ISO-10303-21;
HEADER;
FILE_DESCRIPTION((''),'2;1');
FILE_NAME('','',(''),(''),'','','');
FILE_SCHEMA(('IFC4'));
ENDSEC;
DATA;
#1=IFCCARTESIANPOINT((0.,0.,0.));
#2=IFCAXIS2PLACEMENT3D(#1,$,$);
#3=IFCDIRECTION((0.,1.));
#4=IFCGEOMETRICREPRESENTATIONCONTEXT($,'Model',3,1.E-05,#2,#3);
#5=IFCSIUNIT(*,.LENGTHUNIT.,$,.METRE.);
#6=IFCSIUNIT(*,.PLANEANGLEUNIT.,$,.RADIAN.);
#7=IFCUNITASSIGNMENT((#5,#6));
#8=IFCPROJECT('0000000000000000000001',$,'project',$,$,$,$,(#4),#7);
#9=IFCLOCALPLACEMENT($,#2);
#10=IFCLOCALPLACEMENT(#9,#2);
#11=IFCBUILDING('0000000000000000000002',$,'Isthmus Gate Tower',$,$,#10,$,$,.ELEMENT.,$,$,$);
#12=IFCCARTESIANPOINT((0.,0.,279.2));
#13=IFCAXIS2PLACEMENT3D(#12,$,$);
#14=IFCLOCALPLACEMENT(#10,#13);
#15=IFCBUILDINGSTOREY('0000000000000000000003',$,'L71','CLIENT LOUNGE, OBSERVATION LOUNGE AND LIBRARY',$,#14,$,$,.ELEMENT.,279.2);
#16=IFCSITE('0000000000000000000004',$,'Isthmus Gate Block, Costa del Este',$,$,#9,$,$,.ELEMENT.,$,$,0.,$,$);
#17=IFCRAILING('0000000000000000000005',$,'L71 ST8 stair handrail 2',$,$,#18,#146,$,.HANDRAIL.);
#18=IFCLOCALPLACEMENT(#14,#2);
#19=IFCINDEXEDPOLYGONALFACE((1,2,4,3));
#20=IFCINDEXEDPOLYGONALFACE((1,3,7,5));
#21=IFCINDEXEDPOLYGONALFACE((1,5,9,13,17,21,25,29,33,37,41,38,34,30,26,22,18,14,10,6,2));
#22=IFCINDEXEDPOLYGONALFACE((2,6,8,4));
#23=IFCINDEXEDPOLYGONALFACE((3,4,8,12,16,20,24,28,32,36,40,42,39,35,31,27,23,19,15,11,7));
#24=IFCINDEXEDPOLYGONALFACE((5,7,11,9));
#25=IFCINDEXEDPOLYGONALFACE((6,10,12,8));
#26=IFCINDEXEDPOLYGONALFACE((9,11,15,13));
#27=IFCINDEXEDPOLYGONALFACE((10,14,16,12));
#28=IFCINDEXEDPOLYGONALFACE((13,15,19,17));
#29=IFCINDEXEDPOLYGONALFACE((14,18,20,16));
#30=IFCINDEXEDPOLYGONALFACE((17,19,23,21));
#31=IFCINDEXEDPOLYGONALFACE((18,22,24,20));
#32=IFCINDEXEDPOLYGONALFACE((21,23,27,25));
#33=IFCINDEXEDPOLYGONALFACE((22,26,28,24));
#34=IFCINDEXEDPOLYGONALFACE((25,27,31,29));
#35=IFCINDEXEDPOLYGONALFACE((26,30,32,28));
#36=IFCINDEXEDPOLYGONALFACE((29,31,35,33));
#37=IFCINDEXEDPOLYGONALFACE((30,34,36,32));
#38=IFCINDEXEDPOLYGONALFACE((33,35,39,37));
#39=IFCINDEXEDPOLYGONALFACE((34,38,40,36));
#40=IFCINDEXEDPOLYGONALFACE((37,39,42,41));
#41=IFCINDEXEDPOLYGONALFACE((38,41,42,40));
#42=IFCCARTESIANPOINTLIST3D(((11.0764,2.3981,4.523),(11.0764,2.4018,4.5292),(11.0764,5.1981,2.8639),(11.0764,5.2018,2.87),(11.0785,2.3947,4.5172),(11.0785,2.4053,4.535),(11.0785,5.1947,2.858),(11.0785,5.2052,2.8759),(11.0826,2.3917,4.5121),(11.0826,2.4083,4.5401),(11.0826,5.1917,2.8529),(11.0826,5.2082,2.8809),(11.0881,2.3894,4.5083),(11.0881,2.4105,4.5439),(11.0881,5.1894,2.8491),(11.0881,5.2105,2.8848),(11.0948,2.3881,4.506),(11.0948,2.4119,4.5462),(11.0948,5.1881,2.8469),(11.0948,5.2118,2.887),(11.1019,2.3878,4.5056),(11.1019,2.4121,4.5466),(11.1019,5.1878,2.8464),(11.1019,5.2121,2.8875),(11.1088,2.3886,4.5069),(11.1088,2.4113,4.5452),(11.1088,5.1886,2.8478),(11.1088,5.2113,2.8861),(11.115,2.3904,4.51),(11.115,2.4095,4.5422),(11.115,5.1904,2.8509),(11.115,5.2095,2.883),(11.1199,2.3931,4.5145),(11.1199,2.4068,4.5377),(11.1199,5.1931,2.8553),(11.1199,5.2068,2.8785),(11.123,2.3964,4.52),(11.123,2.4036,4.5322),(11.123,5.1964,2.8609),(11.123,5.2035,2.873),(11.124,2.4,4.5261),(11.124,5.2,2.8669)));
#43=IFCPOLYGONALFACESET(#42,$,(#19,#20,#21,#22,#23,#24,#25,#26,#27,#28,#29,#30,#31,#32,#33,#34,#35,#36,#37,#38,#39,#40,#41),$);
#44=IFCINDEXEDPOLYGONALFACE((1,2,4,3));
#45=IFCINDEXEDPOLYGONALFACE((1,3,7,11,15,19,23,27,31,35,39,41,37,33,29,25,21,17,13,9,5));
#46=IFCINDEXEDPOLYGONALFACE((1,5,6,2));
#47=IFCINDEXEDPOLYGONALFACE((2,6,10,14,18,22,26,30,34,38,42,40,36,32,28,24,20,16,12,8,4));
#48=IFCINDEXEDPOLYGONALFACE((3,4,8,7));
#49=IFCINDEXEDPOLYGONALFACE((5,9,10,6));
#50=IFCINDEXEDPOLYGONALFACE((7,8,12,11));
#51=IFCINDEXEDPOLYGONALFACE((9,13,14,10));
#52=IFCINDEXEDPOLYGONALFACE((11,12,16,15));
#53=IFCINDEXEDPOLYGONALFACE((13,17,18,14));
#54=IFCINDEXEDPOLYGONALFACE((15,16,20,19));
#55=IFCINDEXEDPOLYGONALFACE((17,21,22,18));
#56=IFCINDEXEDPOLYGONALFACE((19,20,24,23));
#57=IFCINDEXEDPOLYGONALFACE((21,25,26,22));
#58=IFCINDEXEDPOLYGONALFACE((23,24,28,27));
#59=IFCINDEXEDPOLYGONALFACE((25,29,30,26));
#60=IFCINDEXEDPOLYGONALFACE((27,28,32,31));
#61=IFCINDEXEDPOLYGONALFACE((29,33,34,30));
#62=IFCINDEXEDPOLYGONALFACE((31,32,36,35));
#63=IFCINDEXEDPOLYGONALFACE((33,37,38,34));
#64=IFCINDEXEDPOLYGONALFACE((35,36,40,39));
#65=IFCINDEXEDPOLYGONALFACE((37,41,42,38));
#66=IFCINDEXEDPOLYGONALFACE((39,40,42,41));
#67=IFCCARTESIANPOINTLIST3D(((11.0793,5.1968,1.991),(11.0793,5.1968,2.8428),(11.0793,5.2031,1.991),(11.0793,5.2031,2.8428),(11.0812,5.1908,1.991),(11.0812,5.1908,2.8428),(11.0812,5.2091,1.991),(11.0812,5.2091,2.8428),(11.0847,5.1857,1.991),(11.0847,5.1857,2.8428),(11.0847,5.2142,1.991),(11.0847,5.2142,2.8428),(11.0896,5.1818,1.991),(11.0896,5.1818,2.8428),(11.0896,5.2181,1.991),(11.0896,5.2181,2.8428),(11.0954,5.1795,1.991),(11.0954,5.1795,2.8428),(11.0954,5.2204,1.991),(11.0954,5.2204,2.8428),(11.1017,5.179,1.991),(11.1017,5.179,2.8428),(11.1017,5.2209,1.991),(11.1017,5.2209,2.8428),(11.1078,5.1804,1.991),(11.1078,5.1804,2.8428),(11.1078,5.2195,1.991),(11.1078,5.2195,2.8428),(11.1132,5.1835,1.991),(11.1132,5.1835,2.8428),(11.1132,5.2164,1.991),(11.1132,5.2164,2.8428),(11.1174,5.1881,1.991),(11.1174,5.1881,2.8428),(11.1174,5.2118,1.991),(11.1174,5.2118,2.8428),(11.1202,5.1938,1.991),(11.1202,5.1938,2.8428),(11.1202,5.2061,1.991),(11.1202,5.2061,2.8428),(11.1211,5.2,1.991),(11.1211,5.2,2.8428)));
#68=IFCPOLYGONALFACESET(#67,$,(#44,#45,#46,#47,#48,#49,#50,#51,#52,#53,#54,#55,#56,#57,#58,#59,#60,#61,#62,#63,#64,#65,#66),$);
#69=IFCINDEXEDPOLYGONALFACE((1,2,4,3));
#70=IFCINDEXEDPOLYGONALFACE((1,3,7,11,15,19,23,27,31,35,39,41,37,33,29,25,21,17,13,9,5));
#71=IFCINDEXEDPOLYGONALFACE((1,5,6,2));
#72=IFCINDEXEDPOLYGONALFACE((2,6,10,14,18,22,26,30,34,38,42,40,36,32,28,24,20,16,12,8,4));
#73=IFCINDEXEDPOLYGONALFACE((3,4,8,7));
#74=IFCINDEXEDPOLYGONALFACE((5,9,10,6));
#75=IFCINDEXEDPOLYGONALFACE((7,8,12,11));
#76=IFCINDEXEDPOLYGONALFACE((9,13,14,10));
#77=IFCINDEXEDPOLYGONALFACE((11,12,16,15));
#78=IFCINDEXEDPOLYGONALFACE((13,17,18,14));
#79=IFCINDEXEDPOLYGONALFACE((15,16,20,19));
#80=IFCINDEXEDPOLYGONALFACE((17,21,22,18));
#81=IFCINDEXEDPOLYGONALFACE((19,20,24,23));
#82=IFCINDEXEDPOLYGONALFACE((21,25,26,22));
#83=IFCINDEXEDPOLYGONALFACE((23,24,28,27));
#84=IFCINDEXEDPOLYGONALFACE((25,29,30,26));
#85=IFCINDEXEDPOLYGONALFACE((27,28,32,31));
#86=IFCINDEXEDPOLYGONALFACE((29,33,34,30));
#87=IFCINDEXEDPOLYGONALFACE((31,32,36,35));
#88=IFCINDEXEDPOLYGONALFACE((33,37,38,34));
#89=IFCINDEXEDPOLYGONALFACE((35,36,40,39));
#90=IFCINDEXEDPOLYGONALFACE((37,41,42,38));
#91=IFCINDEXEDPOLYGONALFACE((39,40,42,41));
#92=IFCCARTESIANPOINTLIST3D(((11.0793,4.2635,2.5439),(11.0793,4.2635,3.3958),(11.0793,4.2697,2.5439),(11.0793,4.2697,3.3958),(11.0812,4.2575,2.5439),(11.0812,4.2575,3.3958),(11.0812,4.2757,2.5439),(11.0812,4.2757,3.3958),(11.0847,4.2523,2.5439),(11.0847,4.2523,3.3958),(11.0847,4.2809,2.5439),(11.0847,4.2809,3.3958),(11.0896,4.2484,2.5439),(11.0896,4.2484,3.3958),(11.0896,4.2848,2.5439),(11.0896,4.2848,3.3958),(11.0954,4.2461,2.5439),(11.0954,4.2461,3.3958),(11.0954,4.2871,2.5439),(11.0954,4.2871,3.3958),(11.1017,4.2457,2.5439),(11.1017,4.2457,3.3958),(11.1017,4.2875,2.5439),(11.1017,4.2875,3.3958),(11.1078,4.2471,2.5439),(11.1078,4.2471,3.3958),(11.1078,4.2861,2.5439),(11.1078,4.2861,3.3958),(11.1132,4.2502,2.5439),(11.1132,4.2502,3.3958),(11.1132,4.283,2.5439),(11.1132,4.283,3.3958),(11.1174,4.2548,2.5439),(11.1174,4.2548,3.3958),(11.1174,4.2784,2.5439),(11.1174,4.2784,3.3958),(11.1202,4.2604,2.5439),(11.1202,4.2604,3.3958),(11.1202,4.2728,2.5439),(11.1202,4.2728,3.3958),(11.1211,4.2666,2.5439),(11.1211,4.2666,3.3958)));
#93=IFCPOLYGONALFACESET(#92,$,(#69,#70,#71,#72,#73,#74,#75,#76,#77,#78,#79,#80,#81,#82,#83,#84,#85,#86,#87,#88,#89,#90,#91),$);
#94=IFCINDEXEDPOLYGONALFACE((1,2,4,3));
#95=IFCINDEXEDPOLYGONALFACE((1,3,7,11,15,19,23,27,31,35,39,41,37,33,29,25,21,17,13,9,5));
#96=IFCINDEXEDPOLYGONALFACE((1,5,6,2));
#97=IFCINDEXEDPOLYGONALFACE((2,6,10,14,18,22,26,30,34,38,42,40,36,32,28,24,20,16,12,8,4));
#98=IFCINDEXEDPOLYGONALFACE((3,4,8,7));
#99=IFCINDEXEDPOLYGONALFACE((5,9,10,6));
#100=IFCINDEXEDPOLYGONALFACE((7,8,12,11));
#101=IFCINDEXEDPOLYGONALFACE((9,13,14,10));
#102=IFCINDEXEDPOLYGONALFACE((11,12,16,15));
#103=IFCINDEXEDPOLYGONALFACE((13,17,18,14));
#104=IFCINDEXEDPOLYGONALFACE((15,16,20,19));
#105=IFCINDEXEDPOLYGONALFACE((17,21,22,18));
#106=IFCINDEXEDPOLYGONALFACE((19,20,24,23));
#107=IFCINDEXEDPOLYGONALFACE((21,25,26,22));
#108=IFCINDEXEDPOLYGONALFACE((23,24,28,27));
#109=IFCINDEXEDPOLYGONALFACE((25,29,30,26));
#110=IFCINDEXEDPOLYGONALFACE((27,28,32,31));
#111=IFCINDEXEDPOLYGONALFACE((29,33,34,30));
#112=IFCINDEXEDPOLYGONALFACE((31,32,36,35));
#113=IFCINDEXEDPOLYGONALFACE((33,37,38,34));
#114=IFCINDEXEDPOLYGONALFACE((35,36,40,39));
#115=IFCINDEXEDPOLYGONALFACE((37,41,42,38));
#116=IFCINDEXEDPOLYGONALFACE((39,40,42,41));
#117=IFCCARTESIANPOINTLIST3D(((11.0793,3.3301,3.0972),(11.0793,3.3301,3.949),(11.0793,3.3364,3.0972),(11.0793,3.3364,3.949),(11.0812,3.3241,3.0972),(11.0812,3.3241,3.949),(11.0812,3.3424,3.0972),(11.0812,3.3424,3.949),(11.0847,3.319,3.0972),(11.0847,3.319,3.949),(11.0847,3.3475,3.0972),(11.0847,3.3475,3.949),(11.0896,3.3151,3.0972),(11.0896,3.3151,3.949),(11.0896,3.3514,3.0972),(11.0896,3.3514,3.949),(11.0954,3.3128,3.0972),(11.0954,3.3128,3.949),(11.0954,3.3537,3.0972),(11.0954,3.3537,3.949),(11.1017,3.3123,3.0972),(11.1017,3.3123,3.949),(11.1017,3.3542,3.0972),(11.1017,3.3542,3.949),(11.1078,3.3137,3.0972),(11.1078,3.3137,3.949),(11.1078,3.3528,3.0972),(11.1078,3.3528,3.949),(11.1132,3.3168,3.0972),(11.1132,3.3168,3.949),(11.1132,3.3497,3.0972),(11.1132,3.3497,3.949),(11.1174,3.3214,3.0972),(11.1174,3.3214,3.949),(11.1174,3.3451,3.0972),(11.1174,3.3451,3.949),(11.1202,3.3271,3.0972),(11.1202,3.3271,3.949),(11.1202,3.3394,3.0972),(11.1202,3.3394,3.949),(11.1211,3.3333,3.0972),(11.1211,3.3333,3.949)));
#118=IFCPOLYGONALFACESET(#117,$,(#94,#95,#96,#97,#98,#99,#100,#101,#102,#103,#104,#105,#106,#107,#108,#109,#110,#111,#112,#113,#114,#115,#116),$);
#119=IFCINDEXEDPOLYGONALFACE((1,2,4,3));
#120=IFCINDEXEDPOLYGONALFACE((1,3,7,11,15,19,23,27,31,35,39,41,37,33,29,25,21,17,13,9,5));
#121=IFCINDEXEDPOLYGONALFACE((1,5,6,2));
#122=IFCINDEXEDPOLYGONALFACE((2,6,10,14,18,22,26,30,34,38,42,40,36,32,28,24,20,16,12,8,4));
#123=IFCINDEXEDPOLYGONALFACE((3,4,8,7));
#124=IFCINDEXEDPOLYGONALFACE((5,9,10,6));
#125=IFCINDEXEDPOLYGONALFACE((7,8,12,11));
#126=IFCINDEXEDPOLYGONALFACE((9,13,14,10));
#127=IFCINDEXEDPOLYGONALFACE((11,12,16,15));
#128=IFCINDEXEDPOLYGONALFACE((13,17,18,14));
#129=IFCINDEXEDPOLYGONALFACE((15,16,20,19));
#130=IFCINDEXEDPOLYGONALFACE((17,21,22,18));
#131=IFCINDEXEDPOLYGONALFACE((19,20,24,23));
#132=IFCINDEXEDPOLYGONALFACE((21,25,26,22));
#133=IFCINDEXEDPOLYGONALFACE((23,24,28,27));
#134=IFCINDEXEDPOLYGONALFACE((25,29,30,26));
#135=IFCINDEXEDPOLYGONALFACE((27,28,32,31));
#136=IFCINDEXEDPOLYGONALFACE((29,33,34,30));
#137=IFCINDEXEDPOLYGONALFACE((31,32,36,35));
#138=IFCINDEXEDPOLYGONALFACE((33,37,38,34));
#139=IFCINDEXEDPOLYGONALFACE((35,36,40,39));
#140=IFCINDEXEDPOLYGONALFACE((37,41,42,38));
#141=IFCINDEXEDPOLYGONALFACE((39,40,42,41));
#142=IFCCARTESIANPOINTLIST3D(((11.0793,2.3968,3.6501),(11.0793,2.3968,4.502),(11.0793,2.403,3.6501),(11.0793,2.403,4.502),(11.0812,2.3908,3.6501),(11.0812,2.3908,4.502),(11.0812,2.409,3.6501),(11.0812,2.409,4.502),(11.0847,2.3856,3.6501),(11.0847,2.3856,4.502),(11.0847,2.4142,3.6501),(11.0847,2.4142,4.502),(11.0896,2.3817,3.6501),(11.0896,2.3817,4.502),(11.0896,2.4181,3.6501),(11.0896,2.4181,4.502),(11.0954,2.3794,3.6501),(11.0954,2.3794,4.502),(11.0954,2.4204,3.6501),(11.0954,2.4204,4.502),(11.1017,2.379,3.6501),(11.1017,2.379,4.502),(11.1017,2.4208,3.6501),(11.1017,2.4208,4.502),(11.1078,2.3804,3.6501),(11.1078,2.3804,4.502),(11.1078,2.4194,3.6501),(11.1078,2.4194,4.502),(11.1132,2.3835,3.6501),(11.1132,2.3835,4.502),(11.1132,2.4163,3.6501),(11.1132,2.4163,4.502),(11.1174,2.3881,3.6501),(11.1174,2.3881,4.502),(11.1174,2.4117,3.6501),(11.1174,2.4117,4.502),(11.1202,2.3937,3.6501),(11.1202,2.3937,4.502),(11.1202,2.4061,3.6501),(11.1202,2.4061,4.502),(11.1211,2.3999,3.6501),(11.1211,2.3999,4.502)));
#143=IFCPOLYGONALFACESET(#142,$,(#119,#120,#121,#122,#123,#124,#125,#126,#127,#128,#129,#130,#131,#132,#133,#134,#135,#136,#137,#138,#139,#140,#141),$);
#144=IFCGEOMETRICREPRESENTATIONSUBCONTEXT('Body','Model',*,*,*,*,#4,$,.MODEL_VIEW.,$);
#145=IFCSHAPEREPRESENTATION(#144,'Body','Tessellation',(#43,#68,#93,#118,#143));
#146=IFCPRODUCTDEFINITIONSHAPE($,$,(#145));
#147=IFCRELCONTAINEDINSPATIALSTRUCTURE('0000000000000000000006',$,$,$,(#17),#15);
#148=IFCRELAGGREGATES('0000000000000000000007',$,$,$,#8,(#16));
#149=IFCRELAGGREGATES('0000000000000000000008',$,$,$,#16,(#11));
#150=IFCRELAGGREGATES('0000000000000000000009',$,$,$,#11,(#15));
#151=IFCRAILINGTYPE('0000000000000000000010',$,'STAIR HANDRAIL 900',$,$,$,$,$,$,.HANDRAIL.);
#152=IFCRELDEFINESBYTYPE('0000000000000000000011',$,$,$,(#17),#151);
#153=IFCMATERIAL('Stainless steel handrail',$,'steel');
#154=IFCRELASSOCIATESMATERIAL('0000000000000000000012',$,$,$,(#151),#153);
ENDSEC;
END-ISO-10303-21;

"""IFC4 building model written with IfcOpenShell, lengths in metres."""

from ifc_helpers import new_model, si_unit, direction, frame, origin, origin_2d, place, context, subcontext, project, spatial, circle, extrude, material, type_object, element, save


model = new_model("IFC4")

# Units and contexts
model_context = context("Model", 3, precision=1e-05, world=origin(), true_north=direction((0.0, 1.0)))
body_context = subcontext(model_context, "Body", "Model", "MODEL_VIEW")
ifc_project = project(units=[si_unit("LENGTHUNIT", "METRE"), si_unit("PLANEANGLEUNIT", "RADIAN")], contexts=[model_context])

# Site, building, storey
site_placement = place(None, origin())
site = spatial("IfcSite", under=ifc_project, at=site_placement, Name="Isthmus Gate Block, Costa del Este", CompositionType="ELEMENT", RefElevation=0.0)
building_placement = place(site_placement, origin())
building = spatial("IfcBuilding", under=site, at=building_placement, Name="Isthmus Gate Tower", CompositionType="ELEMENT")
storey_placement = place(building_placement, frame((0.0, 0.0, 279.2)))
storey = spatial("IfcBuildingStorey", under=building, at=storey_placement, Name="L71", Description="CLIENT LOUNGE, OBSERVATION LOUNGE AND LIBRARY", CompositionType="ELEMENT", Elevation=279.2)

# Railing
ifc_material_1 = material(Name="Stainless steel handrail", Category="steel")
railing_type_1 = type_object("IfcRailingType", Name="STAIR HANDRAIL 900", PredefinedType="HANDRAIL", material=ifc_material_1)
railing_1_placement = place(storey_placement, frame((11.1001, 5.2, 1.991)))
element("IfcRailing", 1, at=railing_1_placement, inside=storey, type_object=railing_type_1, Name="L71 ST8 stair handrail 2", PredefinedType="HANDRAIL", context=body_context, shape_type="SweptSolid", body=[
    extrude(circle(Radius=0.0239, at=origin_2d()), frame((0.0, 0.0, 0.876), z_axis=(0.0, -0.860306, 0.509778), x_axis=(1.0, 0.0, 0.0)), (0.0, 0.0, 1.0), 3.2546),
    extrude(circle(Radius=0.021, at=origin_2d()), origin(), (0.0, 0.0, 1.0), 0.8518),
    extrude(circle(Radius=0.021, at=origin_2d()), frame((0.0, -0.9333, 0.553)), (0.0, 0.0, 1.0), 0.8518),
    extrude(circle(Radius=0.021, at=origin_2d()), frame((0.0, -1.8667, 1.1062)), (0.0, 0.0, 1.0), 0.8518),
    extrude(circle(Radius=0.021, at=origin_2d()), frame((0.0, -2.8, 1.6592)), (0.0, 0.0, 1.0), 0.8518),
])

save(model, "model.ifc")
